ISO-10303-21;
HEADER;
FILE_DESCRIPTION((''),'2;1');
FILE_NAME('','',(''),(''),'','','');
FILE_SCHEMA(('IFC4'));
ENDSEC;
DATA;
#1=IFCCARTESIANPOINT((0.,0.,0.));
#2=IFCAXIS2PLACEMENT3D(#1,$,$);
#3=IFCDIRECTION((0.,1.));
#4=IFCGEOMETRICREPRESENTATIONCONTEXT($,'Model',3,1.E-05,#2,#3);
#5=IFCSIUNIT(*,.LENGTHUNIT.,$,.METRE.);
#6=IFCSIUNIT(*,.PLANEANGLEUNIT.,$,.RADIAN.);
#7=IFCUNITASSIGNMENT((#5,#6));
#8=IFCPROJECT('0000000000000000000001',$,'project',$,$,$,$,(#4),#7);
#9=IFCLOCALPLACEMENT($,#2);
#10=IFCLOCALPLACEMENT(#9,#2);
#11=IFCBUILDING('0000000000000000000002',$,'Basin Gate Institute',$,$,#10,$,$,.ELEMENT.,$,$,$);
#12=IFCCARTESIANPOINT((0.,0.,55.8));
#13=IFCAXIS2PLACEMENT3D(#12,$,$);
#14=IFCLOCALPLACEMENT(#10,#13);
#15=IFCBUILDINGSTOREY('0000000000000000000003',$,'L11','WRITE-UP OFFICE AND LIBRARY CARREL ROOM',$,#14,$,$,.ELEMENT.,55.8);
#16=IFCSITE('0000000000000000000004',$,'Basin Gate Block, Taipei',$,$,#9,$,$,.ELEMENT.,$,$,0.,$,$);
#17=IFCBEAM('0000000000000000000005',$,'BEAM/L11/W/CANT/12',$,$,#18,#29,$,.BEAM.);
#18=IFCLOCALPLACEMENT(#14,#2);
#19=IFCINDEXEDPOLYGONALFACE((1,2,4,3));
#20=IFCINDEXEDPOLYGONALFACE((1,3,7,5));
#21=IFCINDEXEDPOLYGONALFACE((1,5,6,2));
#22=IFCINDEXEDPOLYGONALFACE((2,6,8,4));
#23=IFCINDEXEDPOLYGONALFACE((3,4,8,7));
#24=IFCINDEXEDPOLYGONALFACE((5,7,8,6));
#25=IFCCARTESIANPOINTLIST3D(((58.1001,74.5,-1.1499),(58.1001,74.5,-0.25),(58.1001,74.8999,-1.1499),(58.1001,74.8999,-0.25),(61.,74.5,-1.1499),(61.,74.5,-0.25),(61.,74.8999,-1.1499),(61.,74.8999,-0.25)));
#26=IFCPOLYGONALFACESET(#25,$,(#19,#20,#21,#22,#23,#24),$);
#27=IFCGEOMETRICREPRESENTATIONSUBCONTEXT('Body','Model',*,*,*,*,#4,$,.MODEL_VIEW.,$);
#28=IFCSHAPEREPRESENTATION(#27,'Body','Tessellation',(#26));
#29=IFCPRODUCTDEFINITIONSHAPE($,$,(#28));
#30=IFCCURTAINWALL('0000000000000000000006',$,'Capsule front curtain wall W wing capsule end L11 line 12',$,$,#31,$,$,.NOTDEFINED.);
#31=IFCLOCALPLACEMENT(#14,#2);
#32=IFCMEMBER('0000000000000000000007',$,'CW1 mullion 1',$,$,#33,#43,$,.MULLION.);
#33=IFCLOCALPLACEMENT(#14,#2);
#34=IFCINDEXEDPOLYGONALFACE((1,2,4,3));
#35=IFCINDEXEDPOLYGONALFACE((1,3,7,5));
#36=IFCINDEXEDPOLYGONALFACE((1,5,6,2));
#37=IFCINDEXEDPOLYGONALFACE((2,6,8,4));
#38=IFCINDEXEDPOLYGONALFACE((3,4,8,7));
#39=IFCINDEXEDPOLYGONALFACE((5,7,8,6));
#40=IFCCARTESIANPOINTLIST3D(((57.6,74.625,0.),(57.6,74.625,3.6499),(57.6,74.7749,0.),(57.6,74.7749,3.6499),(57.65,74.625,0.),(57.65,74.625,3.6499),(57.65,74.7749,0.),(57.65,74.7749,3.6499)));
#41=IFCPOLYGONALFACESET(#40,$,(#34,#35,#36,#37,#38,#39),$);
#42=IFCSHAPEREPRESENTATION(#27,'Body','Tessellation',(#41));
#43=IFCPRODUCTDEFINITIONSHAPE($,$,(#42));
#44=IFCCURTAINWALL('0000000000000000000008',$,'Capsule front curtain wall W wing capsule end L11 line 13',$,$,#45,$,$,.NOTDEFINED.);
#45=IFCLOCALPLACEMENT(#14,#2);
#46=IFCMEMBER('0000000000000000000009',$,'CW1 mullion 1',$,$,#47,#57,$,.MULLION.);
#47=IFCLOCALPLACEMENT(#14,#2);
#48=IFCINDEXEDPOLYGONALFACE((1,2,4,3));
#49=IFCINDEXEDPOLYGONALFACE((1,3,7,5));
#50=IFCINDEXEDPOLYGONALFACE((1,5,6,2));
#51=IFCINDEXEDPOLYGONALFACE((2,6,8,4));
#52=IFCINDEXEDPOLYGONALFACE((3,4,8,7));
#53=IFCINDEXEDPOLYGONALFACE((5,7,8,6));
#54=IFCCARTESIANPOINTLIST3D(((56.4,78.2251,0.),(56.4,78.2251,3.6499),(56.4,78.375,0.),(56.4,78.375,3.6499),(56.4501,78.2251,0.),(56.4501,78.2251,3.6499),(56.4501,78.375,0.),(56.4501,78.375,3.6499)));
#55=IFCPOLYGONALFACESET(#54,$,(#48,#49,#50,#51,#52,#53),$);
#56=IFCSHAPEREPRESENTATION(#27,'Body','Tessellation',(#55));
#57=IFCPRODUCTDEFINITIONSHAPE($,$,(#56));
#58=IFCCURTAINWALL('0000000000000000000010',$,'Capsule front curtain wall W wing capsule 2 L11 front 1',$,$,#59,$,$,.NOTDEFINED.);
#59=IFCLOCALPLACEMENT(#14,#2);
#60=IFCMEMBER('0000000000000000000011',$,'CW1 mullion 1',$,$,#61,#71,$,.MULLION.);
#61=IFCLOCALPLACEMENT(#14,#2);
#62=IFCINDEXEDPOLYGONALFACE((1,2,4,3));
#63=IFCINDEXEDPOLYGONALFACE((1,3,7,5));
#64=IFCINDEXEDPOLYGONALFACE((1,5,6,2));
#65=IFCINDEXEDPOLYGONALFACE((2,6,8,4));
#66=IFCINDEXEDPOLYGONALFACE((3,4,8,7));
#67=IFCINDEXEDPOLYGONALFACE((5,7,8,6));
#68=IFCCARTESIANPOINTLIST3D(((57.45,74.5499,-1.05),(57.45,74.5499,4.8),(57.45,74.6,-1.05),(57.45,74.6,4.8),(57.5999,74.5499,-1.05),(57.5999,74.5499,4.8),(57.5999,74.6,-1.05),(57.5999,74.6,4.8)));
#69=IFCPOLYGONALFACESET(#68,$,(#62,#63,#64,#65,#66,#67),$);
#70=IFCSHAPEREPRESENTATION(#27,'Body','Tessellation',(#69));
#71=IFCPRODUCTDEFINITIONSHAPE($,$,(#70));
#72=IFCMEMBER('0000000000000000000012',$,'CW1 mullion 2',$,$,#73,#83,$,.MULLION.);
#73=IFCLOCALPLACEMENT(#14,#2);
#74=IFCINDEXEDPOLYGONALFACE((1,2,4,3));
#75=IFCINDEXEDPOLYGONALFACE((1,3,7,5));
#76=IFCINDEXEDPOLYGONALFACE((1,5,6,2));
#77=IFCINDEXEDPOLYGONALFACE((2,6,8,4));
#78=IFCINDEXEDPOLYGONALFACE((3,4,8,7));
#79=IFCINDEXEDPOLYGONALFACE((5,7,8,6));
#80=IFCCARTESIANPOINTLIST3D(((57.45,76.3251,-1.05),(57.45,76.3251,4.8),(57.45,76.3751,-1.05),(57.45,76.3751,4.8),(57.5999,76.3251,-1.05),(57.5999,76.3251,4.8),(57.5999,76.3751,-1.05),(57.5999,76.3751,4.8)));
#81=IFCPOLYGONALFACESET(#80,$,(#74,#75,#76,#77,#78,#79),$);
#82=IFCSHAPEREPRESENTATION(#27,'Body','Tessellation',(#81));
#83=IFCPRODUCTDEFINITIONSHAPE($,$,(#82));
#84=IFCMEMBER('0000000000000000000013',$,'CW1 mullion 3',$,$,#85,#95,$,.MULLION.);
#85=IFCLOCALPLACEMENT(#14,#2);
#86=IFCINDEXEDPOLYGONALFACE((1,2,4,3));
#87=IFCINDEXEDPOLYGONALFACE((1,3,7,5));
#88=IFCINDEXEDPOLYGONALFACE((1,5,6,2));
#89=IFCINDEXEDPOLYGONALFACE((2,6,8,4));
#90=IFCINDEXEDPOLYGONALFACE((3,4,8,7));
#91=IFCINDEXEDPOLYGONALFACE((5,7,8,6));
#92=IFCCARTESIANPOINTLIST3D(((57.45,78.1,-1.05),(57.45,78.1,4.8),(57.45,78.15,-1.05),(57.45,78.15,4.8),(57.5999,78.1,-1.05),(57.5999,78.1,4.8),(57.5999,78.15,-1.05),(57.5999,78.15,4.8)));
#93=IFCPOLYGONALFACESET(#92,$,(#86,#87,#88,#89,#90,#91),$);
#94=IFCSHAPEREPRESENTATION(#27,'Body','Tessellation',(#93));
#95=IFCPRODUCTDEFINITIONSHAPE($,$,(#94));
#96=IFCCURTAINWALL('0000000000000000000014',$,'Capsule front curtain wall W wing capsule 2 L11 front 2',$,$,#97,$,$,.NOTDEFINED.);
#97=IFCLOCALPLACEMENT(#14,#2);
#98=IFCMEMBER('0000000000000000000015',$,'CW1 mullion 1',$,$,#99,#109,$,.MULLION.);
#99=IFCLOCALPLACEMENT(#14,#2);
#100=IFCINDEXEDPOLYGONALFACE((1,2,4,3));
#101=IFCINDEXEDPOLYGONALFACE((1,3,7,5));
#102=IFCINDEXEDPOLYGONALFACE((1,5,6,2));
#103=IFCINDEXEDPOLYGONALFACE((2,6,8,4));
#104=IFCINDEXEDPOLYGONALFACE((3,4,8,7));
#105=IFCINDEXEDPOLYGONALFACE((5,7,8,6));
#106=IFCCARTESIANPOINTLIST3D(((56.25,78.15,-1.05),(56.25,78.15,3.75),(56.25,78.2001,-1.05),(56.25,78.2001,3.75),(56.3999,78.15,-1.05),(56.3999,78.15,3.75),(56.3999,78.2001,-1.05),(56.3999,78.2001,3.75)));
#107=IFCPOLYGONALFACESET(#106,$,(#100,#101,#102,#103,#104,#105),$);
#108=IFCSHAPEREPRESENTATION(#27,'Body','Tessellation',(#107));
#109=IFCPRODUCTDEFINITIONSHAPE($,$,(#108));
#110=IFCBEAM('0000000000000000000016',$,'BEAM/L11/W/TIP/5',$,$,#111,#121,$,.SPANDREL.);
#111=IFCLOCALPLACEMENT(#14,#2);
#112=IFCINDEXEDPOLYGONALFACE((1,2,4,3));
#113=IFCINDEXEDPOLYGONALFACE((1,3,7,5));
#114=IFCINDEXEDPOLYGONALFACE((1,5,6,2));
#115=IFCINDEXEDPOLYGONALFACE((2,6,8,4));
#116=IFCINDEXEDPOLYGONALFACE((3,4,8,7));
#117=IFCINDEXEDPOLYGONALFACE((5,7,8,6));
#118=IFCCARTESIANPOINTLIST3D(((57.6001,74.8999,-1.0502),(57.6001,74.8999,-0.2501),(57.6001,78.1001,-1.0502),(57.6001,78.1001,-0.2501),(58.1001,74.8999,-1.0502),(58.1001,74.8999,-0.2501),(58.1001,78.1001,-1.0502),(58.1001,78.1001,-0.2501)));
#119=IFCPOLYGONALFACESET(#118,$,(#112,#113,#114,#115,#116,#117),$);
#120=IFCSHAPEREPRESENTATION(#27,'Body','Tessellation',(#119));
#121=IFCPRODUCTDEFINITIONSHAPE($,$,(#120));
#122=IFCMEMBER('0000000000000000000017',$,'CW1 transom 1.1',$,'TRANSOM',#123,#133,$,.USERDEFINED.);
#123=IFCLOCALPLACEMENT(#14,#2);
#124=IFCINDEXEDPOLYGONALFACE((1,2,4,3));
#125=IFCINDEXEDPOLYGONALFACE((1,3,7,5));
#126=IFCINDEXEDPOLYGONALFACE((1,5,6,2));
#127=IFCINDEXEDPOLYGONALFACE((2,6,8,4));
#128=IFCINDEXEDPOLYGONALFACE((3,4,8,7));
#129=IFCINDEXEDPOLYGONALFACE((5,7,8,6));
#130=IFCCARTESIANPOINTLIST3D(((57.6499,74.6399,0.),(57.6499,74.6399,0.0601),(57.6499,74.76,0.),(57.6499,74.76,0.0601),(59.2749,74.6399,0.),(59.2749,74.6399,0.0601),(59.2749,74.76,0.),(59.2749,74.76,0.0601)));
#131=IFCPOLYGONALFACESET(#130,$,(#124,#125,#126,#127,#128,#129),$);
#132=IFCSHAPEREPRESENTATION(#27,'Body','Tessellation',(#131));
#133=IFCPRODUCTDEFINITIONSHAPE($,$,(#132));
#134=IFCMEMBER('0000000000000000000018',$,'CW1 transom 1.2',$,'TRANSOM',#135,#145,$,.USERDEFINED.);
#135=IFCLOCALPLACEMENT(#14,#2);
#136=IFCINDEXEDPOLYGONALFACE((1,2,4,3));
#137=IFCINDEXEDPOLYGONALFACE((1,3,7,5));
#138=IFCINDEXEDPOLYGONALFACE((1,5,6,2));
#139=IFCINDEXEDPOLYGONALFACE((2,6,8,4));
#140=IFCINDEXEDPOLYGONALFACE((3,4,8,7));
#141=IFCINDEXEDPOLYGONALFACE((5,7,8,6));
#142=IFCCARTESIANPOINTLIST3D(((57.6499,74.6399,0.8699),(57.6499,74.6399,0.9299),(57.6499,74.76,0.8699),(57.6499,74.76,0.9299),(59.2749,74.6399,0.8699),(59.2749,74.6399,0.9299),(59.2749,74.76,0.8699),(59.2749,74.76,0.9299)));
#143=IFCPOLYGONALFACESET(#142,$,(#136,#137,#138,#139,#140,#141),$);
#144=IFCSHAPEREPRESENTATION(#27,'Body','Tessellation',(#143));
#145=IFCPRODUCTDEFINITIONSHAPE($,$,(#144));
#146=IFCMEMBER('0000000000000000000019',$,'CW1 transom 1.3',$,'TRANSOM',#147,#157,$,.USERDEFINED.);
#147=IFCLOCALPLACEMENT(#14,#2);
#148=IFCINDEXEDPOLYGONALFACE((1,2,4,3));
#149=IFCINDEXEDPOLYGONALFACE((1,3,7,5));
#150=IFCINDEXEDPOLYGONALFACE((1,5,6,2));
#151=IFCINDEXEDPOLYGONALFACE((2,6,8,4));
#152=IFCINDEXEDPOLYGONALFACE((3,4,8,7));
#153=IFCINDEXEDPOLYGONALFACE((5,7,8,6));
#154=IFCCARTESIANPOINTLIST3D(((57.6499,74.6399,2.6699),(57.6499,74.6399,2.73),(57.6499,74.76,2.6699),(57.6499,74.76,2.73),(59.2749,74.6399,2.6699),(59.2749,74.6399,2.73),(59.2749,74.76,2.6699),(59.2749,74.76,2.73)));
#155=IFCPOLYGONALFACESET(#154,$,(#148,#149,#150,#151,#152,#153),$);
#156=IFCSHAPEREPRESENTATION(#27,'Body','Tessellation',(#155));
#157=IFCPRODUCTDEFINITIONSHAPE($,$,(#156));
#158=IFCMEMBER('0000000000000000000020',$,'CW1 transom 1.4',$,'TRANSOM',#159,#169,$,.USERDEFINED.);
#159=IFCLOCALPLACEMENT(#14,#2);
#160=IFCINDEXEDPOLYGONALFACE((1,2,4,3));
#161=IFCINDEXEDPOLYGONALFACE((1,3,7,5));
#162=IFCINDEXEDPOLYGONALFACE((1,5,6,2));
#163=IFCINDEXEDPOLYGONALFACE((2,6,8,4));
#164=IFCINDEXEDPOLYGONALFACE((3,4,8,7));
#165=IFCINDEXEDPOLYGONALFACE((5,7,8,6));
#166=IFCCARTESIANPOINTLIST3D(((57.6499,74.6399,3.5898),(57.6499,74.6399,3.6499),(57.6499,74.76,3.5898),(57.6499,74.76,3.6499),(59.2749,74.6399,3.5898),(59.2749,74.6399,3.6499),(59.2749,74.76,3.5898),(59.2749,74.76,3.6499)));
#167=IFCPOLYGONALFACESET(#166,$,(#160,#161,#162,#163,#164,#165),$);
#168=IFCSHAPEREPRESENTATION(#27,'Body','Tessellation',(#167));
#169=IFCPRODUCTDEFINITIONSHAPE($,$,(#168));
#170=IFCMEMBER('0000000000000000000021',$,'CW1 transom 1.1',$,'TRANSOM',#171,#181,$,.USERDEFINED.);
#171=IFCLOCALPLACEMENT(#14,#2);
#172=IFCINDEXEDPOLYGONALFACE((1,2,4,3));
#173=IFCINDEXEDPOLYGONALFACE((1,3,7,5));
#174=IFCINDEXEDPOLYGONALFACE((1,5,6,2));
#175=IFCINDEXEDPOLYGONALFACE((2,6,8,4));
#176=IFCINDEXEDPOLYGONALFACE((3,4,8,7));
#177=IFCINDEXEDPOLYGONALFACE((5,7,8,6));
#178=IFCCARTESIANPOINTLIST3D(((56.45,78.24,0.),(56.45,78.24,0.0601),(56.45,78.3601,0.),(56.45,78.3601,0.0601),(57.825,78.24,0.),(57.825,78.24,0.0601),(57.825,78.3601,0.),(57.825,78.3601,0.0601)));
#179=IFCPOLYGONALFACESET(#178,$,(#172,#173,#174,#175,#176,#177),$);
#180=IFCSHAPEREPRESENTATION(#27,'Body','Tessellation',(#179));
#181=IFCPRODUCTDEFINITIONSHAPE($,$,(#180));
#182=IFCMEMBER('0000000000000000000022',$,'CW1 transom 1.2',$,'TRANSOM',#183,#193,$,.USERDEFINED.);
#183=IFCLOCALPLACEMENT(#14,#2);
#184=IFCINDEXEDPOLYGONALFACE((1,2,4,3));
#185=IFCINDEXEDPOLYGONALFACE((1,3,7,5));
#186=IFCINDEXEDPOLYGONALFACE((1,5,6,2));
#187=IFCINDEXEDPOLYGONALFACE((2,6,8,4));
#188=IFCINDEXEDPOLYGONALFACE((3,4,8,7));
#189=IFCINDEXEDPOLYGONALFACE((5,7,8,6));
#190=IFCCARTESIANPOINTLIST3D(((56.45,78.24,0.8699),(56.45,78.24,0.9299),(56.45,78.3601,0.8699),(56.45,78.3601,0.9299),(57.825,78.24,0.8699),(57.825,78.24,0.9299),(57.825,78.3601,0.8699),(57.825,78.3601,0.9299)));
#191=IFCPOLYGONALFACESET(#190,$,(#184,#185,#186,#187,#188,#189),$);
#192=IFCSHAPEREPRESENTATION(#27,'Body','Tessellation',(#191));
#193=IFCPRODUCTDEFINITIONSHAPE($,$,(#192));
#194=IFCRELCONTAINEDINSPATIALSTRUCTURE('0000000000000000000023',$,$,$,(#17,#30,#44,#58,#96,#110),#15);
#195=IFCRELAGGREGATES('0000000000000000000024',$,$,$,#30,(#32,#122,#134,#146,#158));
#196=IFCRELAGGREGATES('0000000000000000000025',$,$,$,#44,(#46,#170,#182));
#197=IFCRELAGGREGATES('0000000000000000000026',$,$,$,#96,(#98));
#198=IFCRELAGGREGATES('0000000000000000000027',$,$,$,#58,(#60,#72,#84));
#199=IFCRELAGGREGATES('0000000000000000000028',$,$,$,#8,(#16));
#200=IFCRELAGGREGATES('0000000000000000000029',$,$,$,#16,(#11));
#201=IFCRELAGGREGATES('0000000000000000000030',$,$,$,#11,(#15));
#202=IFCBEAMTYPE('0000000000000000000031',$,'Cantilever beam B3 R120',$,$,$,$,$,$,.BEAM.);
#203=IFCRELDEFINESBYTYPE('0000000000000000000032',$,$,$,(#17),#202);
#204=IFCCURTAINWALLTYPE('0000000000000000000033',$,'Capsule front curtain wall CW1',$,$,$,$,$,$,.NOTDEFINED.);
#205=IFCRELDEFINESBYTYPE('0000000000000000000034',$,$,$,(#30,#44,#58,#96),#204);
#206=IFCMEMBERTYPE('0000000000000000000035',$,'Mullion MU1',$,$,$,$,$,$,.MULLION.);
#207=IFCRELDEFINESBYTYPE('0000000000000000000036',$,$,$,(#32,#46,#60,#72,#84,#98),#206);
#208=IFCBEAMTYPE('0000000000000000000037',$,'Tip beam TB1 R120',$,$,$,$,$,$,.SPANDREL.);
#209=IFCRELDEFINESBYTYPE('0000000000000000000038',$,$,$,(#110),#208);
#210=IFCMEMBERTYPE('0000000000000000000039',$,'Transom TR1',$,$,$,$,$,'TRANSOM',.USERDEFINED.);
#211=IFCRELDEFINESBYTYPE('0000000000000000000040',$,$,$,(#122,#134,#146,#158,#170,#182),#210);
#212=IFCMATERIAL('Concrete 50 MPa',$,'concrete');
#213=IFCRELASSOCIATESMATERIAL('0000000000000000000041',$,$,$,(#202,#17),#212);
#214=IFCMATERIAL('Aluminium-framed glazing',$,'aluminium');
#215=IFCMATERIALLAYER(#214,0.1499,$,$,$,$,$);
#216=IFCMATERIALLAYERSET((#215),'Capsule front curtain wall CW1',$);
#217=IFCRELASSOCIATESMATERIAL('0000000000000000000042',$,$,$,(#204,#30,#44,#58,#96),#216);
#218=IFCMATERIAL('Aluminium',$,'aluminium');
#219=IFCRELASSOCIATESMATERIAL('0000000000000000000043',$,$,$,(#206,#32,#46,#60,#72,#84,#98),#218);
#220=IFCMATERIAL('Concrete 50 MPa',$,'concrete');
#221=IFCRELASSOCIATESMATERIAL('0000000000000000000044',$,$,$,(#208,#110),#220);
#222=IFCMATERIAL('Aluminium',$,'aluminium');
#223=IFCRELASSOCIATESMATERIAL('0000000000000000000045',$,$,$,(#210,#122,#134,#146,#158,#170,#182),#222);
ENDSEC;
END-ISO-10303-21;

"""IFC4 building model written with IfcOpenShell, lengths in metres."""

from ifc_helpers import new_model, si_unit, direction, frame, origin, origin_2d, place, context, subcontext, project, spatial, rectangle, extrude, material, layer, layer_set, material_profile, profile_set, type_object, element, aggregate, save


model = new_model("IFC4")

# Units and contexts
model_context = context("Model", 3, precision=1e-05, world=origin(), true_north=direction((0.0, 1.0)))
body_context = subcontext(model_context, "Body", "Model", "MODEL_VIEW")
ifc_project = project(units=[si_unit("LENGTHUNIT", "METRE"), si_unit("PLANEANGLEUNIT", "RADIAN")], contexts=[model_context])

# Site, building, storey
site_placement = place(None, origin())
site = spatial("IfcSite", under=ifc_project, at=site_placement, Name="Basin Gate Block, Taipei", CompositionType="ELEMENT", RefElevation=0.0)
building_placement = place(site_placement, origin())
building = spatial("IfcBuilding", under=site, at=building_placement, Name="Basin Gate Institute", CompositionType="ELEMENT")
storey_placement = place(building_placement, frame((0.0, 0.0, 55.8)))
storey = spatial("IfcBuildingStorey", under=building, at=storey_placement, Name="L11", Description="WRITE-UP OFFICE AND LIBRARY CARREL ROOM", CompositionType="ELEMENT", Elevation=55.8)

# Beam
ifc_material_1 = material(Name="Concrete 50 MPa", Category="concrete")
ifc_material_profile_1 = material_profile(ifc_material_1, rectangle(XDim=0.3999, YDim=0.8999, at=origin_2d()), Name="Cantilever beam B3 400 x 900")
ifc_profile_set_1 = profile_set([ifc_material_profile_1], Name="Concrete 50 MPa")
beam_type_1 = type_object("IfcBeamType", Name="Cantilever beam B3 R120", PredefinedType="BEAM", material=ifc_profile_set_1)
beam_1_placement = place(storey_placement, frame((58.1001, 74.7, -0.7), z_axis=(1.0, 0.0, 0.0), x_axis=(0.0, 1.0, 0.0)))
element("IfcBeam", 1, at=beam_1_placement, inside=storey, type_object=beam_type_1, material=ifc_profile_set_1, Name="BEAM/L11/W/CANT/12", PredefinedType="BEAM", context=body_context, shape_type="SweptSolid", body=[
    extrude(rectangle(XDim=0.3999, YDim=0.8999, at=origin_2d()), origin(), (0.0, 0.0, 1.0), 2.8999),
])

# Curtain walls, members
ifc_material_2 = material(Name="Aluminium-framed glazing", Category="aluminium")
ifc_layer_1 = layer(ifc_material_2, 0.1499)
ifc_layer_set_1 = layer_set([ifc_layer_1], Name="Capsule front curtain wall CW1")
curtain_wall_type = type_object("IfcCurtainWallType", Name="Capsule front curtain wall CW1", PredefinedType="NOTDEFINED", material=ifc_layer_set_1)
curtain_wall_1_placement = place(storey_placement, origin())
curtain_wall_1 = element("IfcCurtainWall", 2, at=curtain_wall_1_placement, inside=storey, type_object=curtain_wall_type, material=ifc_layer_set_1, Name="Capsule front curtain wall W wing capsule end L11 line 12", PredefinedType="NOTDEFINED")
ifc_material_3 = material(Name="Aluminium", Category="aluminium")
ifc_material_profile_2 = material_profile(ifc_material_3, rectangle(XDim=0.1499, YDim=0.05, at=origin_2d()), Name="Mullion MU1 150 x 50")
ifc_profile_set_2 = profile_set([ifc_material_profile_2], Name="Aluminium")
member_type_1 = type_object("IfcMemberType", Name="Mullion MU1", PredefinedType="MULLION", material=ifc_profile_set_2)
member_1_placement = place(storey_placement, frame((57.625, 74.7, 0.0), z_axis=(0.0, 0.0, 1.0), x_axis=(0.0, 1.0, 0.0)))
member_1 = element("IfcMember", 3, at=member_1_placement, type_object=member_type_1, material=ifc_profile_set_2, Name="CW1 mullion 1", PredefinedType="MULLION", context=body_context, shape_type="SweptSolid", body=[
    extrude(rectangle(XDim=0.1499, YDim=0.05, at=origin_2d()), origin(), (0.0, 0.0, 1.0), 3.6499),
])
curtain_wall_2_placement = place(storey_placement, origin())
curtain_wall_2 = element("IfcCurtainWall", 4, at=curtain_wall_2_placement, inside=storey, type_object=curtain_wall_type, material=ifc_layer_set_1, Name="Capsule front curtain wall W wing capsule end L11 line 13", PredefinedType="NOTDEFINED")
member_2_placement = place(storey_placement, frame((56.425, 78.3, 0.0), z_axis=(0.0, 0.0, 1.0), x_axis=(0.0, 1.0, 0.0)))
member_2 = element("IfcMember", 5, at=member_2_placement, type_object=member_type_1, material=ifc_profile_set_2, Name="CW1 mullion 1", PredefinedType="MULLION", context=body_context, shape_type="SweptSolid", body=[
    extrude(rectangle(XDim=0.1499, YDim=0.05, at=origin_2d()), origin(), (0.0, 0.0, 1.0), 3.6499),
])

# Curtain wall, members
curtain_wall_3_placement = place(storey_placement, origin())
curtain_wall_3 = element("IfcCurtainWall", 6, at=curtain_wall_3_placement, inside=storey, type_object=curtain_wall_type, material=ifc_layer_set_1, Name="Capsule front curtain wall W wing capsule 2 L11 front 1", PredefinedType="NOTDEFINED")
member_3_placement = place(storey_placement, frame((57.5249, 74.575, -1.05), z_axis=(0.0, 0.0, 1.0), x_axis=(-1.0, 0.0, 0.0)))
member_3 = element("IfcMember", 7, at=member_3_placement, type_object=member_type_1, material=ifc_profile_set_2, Name="CW1 mullion 1", PredefinedType="MULLION", context=body_context, shape_type="SweptSolid", body=[
    extrude(rectangle(XDim=0.1499, YDim=0.05, at=origin_2d()), origin(), (0.0, 0.0, 1.0), 5.8501),
])
member_4_placement = place(storey_placement, frame((57.5249, 76.3501, -1.05), z_axis=(0.0, 0.0, 1.0), x_axis=(-1.0, 0.0, 0.0)))
member_4 = element("IfcMember", 8, at=member_4_placement, type_object=member_type_1, material=ifc_profile_set_2, Name="CW1 mullion 2", PredefinedType="MULLION", context=body_context, shape_type="SweptSolid", body=[
    extrude(rectangle(XDim=0.1499, YDim=0.05, at=origin_2d()), origin(), (0.0, 0.0, 1.0), 5.8501),
])
member_5_placement = place(storey_placement, frame((57.5249, 78.125, -1.05), z_axis=(0.0, 0.0, 1.0), x_axis=(-1.0, 0.0, 0.0)))
member_5 = element("IfcMember", 9, at=member_5_placement, type_object=member_type_1, material=ifc_profile_set_2, Name="CW1 mullion 3", PredefinedType="MULLION", context=body_context, shape_type="SweptSolid", body=[
    extrude(rectangle(XDim=0.1499, YDim=0.05, at=origin_2d()), origin(), (0.0, 0.0, 1.0), 5.8501),
])

# Curtain wall, member
curtain_wall_4_placement = place(storey_placement, origin())
curtain_wall_4 = element("IfcCurtainWall", 10, at=curtain_wall_4_placement, inside=storey, type_object=curtain_wall_type, material=ifc_layer_set_1, Name="Capsule front curtain wall W wing capsule 2 L11 front 2", PredefinedType="NOTDEFINED")
member_6_placement = place(storey_placement, frame((56.325, 78.175, -1.05), z_axis=(0.0, 0.0, 1.0), x_axis=(-1.0, 0.0, 0.0)))
member_6 = element("IfcMember", 11, at=member_6_placement, type_object=member_type_1, material=ifc_profile_set_2, Name="CW1 mullion 1", PredefinedType="MULLION", context=body_context, shape_type="SweptSolid", body=[
    extrude(rectangle(XDim=0.1499, YDim=0.05, at=origin_2d()), origin(), (0.0, 0.0, 1.0), 4.8),
])

# Beam
ifc_material_4 = material(Name="Concrete 50 MPa", Category="concrete")
ifc_material_profile_3 = material_profile(ifc_material_4, rectangle(XDim=0.5, YDim=0.8, at=origin_2d()), Name="Tip beam TB1 500 x 800")
ifc_profile_set_3 = profile_set([ifc_material_profile_3], Name="Concrete 50 MPa")
beam_type_2 = type_object("IfcBeamType", Name="Tip beam TB1 R120", PredefinedType="SPANDREL", material=ifc_profile_set_3)
beam_2_placement = place(storey_placement, frame((57.8501, 74.8999, -0.6501), z_axis=(0.0, 1.0, 0.0), x_axis=(-1.0, 0.0, 0.0)))
element("IfcBeam", 12, at=beam_2_placement, inside=storey, type_object=beam_type_2, material=ifc_profile_set_3, Name="BEAM/L11/W/TIP/5", PredefinedType="SPANDREL", context=body_context, shape_type="SweptSolid", body=[
    extrude(rectangle(XDim=0.5, YDim=0.8, at=origin_2d()), origin(), (0.0, 0.0, 1.0), 3.2002),
])

# Members
ifc_material_5 = material(Name="Aluminium", Category="aluminium")
ifc_material_profile_4 = material_profile(ifc_material_5, rectangle(XDim=0.1201, YDim=0.0601, at=origin_2d()), Name="Transom TR1 120 x 60")
ifc_profile_set_4 = profile_set([ifc_material_profile_4], Name="Aluminium")
member_type_2 = type_object("IfcMemberType", Name="Transom TR1", ElementType="TRANSOM", PredefinedType="USERDEFINED", material=ifc_profile_set_4)
member_7_placement = place(storey_placement, frame((57.6499, 74.7, 0.03), z_axis=(1.0, 0.0, 0.0), x_axis=(0.0, 1.0, 0.0)))
member_7 = element("IfcMember", 13, at=member_7_placement, type_object=member_type_2, material=ifc_profile_set_4, Name="CW1 transom 1.1", ObjectType="TRANSOM", PredefinedType="USERDEFINED", context=body_context, shape_type="SweptSolid", body=[
    extrude(rectangle(XDim=0.1201, YDim=0.0601, at=origin_2d()), origin(), (0.0, 0.0, 1.0), 1.625),
])
member_8_placement = place(storey_placement, frame((57.6499, 74.7, 0.8999), z_axis=(1.0, 0.0, 0.0), x_axis=(0.0, 1.0, 0.0)))
member_8 = element("IfcMember", 14, at=member_8_placement, type_object=member_type_2, material=ifc_profile_set_4, Name="CW1 transom 1.2", ObjectType="TRANSOM", PredefinedType="USERDEFINED", context=body_context, shape_type="SweptSolid", body=[
    extrude(rectangle(XDim=0.1201, YDim=0.0601, at=origin_2d()), origin(), (0.0, 0.0, 1.0), 1.625),
])
member_9_placement = place(storey_placement, frame((57.6499, 74.7, 2.7), z_axis=(1.0, 0.0, 0.0), x_axis=(0.0, 1.0, 0.0)))
member_9 = element("IfcMember", 15, at=member_9_placement, type_object=member_type_2, material=ifc_profile_set_4, Name="CW1 transom 1.3", ObjectType="TRANSOM", PredefinedType="USERDEFINED", context=body_context, shape_type="SweptSolid", body=[
    extrude(rectangle(XDim=0.1201, YDim=0.0601, at=origin_2d()), origin(), (0.0, 0.0, 1.0), 1.625),
])
member_10_placement = place(storey_placement, frame((57.6499, 74.7, 3.6199), z_axis=(1.0, 0.0, 0.0), x_axis=(0.0, 1.0, 0.0)))
member_10 = element("IfcMember", 16, at=member_10_placement, type_object=member_type_2, material=ifc_profile_set_4, Name="CW1 transom 1.4", ObjectType="TRANSOM", PredefinedType="USERDEFINED", context=body_context, shape_type="SweptSolid", body=[
    extrude(rectangle(XDim=0.1201, YDim=0.0601, at=origin_2d()), origin(), (0.0, 0.0, 1.0), 1.625),
])
aggregate(curtain_wall_1, [member_1, member_7, member_8, member_9, member_10])
member_11_placement = place(storey_placement, frame((56.45, 78.3, 0.03), z_axis=(1.0, 0.0, 0.0), x_axis=(0.0, 1.0, 0.0)))
member_11 = element("IfcMember", 17, at=member_11_placement, type_object=member_type_2, material=ifc_profile_set_4, Name="CW1 transom 1.1", ObjectType="TRANSOM", PredefinedType="USERDEFINED", context=body_context, shape_type="SweptSolid", body=[
    extrude(rectangle(XDim=0.1201, YDim=0.0601, at=origin_2d()), origin(), (0.0, 0.0, 1.0), 1.375),
])
member_12_placement = place(storey_placement, frame((56.45, 78.3, 0.8999), z_axis=(1.0, 0.0, 0.0), x_axis=(0.0, 1.0, 0.0)))
member_12 = element("IfcMember", 18, at=member_12_placement, type_object=member_type_2, material=ifc_profile_set_4, Name="CW1 transom 1.2", ObjectType="TRANSOM", PredefinedType="USERDEFINED", context=body_context, shape_type="SweptSolid", body=[
    extrude(rectangle(XDim=0.1201, YDim=0.0601, at=origin_2d()), origin(), (0.0, 0.0, 1.0), 1.375),
])
aggregate(curtain_wall_2, [member_2, member_11, member_12])
aggregate(curtain_wall_4, [member_6])

aggregate(curtain_wall_3, [member_3, member_4, member_5])

save(model, "model.ifc")
